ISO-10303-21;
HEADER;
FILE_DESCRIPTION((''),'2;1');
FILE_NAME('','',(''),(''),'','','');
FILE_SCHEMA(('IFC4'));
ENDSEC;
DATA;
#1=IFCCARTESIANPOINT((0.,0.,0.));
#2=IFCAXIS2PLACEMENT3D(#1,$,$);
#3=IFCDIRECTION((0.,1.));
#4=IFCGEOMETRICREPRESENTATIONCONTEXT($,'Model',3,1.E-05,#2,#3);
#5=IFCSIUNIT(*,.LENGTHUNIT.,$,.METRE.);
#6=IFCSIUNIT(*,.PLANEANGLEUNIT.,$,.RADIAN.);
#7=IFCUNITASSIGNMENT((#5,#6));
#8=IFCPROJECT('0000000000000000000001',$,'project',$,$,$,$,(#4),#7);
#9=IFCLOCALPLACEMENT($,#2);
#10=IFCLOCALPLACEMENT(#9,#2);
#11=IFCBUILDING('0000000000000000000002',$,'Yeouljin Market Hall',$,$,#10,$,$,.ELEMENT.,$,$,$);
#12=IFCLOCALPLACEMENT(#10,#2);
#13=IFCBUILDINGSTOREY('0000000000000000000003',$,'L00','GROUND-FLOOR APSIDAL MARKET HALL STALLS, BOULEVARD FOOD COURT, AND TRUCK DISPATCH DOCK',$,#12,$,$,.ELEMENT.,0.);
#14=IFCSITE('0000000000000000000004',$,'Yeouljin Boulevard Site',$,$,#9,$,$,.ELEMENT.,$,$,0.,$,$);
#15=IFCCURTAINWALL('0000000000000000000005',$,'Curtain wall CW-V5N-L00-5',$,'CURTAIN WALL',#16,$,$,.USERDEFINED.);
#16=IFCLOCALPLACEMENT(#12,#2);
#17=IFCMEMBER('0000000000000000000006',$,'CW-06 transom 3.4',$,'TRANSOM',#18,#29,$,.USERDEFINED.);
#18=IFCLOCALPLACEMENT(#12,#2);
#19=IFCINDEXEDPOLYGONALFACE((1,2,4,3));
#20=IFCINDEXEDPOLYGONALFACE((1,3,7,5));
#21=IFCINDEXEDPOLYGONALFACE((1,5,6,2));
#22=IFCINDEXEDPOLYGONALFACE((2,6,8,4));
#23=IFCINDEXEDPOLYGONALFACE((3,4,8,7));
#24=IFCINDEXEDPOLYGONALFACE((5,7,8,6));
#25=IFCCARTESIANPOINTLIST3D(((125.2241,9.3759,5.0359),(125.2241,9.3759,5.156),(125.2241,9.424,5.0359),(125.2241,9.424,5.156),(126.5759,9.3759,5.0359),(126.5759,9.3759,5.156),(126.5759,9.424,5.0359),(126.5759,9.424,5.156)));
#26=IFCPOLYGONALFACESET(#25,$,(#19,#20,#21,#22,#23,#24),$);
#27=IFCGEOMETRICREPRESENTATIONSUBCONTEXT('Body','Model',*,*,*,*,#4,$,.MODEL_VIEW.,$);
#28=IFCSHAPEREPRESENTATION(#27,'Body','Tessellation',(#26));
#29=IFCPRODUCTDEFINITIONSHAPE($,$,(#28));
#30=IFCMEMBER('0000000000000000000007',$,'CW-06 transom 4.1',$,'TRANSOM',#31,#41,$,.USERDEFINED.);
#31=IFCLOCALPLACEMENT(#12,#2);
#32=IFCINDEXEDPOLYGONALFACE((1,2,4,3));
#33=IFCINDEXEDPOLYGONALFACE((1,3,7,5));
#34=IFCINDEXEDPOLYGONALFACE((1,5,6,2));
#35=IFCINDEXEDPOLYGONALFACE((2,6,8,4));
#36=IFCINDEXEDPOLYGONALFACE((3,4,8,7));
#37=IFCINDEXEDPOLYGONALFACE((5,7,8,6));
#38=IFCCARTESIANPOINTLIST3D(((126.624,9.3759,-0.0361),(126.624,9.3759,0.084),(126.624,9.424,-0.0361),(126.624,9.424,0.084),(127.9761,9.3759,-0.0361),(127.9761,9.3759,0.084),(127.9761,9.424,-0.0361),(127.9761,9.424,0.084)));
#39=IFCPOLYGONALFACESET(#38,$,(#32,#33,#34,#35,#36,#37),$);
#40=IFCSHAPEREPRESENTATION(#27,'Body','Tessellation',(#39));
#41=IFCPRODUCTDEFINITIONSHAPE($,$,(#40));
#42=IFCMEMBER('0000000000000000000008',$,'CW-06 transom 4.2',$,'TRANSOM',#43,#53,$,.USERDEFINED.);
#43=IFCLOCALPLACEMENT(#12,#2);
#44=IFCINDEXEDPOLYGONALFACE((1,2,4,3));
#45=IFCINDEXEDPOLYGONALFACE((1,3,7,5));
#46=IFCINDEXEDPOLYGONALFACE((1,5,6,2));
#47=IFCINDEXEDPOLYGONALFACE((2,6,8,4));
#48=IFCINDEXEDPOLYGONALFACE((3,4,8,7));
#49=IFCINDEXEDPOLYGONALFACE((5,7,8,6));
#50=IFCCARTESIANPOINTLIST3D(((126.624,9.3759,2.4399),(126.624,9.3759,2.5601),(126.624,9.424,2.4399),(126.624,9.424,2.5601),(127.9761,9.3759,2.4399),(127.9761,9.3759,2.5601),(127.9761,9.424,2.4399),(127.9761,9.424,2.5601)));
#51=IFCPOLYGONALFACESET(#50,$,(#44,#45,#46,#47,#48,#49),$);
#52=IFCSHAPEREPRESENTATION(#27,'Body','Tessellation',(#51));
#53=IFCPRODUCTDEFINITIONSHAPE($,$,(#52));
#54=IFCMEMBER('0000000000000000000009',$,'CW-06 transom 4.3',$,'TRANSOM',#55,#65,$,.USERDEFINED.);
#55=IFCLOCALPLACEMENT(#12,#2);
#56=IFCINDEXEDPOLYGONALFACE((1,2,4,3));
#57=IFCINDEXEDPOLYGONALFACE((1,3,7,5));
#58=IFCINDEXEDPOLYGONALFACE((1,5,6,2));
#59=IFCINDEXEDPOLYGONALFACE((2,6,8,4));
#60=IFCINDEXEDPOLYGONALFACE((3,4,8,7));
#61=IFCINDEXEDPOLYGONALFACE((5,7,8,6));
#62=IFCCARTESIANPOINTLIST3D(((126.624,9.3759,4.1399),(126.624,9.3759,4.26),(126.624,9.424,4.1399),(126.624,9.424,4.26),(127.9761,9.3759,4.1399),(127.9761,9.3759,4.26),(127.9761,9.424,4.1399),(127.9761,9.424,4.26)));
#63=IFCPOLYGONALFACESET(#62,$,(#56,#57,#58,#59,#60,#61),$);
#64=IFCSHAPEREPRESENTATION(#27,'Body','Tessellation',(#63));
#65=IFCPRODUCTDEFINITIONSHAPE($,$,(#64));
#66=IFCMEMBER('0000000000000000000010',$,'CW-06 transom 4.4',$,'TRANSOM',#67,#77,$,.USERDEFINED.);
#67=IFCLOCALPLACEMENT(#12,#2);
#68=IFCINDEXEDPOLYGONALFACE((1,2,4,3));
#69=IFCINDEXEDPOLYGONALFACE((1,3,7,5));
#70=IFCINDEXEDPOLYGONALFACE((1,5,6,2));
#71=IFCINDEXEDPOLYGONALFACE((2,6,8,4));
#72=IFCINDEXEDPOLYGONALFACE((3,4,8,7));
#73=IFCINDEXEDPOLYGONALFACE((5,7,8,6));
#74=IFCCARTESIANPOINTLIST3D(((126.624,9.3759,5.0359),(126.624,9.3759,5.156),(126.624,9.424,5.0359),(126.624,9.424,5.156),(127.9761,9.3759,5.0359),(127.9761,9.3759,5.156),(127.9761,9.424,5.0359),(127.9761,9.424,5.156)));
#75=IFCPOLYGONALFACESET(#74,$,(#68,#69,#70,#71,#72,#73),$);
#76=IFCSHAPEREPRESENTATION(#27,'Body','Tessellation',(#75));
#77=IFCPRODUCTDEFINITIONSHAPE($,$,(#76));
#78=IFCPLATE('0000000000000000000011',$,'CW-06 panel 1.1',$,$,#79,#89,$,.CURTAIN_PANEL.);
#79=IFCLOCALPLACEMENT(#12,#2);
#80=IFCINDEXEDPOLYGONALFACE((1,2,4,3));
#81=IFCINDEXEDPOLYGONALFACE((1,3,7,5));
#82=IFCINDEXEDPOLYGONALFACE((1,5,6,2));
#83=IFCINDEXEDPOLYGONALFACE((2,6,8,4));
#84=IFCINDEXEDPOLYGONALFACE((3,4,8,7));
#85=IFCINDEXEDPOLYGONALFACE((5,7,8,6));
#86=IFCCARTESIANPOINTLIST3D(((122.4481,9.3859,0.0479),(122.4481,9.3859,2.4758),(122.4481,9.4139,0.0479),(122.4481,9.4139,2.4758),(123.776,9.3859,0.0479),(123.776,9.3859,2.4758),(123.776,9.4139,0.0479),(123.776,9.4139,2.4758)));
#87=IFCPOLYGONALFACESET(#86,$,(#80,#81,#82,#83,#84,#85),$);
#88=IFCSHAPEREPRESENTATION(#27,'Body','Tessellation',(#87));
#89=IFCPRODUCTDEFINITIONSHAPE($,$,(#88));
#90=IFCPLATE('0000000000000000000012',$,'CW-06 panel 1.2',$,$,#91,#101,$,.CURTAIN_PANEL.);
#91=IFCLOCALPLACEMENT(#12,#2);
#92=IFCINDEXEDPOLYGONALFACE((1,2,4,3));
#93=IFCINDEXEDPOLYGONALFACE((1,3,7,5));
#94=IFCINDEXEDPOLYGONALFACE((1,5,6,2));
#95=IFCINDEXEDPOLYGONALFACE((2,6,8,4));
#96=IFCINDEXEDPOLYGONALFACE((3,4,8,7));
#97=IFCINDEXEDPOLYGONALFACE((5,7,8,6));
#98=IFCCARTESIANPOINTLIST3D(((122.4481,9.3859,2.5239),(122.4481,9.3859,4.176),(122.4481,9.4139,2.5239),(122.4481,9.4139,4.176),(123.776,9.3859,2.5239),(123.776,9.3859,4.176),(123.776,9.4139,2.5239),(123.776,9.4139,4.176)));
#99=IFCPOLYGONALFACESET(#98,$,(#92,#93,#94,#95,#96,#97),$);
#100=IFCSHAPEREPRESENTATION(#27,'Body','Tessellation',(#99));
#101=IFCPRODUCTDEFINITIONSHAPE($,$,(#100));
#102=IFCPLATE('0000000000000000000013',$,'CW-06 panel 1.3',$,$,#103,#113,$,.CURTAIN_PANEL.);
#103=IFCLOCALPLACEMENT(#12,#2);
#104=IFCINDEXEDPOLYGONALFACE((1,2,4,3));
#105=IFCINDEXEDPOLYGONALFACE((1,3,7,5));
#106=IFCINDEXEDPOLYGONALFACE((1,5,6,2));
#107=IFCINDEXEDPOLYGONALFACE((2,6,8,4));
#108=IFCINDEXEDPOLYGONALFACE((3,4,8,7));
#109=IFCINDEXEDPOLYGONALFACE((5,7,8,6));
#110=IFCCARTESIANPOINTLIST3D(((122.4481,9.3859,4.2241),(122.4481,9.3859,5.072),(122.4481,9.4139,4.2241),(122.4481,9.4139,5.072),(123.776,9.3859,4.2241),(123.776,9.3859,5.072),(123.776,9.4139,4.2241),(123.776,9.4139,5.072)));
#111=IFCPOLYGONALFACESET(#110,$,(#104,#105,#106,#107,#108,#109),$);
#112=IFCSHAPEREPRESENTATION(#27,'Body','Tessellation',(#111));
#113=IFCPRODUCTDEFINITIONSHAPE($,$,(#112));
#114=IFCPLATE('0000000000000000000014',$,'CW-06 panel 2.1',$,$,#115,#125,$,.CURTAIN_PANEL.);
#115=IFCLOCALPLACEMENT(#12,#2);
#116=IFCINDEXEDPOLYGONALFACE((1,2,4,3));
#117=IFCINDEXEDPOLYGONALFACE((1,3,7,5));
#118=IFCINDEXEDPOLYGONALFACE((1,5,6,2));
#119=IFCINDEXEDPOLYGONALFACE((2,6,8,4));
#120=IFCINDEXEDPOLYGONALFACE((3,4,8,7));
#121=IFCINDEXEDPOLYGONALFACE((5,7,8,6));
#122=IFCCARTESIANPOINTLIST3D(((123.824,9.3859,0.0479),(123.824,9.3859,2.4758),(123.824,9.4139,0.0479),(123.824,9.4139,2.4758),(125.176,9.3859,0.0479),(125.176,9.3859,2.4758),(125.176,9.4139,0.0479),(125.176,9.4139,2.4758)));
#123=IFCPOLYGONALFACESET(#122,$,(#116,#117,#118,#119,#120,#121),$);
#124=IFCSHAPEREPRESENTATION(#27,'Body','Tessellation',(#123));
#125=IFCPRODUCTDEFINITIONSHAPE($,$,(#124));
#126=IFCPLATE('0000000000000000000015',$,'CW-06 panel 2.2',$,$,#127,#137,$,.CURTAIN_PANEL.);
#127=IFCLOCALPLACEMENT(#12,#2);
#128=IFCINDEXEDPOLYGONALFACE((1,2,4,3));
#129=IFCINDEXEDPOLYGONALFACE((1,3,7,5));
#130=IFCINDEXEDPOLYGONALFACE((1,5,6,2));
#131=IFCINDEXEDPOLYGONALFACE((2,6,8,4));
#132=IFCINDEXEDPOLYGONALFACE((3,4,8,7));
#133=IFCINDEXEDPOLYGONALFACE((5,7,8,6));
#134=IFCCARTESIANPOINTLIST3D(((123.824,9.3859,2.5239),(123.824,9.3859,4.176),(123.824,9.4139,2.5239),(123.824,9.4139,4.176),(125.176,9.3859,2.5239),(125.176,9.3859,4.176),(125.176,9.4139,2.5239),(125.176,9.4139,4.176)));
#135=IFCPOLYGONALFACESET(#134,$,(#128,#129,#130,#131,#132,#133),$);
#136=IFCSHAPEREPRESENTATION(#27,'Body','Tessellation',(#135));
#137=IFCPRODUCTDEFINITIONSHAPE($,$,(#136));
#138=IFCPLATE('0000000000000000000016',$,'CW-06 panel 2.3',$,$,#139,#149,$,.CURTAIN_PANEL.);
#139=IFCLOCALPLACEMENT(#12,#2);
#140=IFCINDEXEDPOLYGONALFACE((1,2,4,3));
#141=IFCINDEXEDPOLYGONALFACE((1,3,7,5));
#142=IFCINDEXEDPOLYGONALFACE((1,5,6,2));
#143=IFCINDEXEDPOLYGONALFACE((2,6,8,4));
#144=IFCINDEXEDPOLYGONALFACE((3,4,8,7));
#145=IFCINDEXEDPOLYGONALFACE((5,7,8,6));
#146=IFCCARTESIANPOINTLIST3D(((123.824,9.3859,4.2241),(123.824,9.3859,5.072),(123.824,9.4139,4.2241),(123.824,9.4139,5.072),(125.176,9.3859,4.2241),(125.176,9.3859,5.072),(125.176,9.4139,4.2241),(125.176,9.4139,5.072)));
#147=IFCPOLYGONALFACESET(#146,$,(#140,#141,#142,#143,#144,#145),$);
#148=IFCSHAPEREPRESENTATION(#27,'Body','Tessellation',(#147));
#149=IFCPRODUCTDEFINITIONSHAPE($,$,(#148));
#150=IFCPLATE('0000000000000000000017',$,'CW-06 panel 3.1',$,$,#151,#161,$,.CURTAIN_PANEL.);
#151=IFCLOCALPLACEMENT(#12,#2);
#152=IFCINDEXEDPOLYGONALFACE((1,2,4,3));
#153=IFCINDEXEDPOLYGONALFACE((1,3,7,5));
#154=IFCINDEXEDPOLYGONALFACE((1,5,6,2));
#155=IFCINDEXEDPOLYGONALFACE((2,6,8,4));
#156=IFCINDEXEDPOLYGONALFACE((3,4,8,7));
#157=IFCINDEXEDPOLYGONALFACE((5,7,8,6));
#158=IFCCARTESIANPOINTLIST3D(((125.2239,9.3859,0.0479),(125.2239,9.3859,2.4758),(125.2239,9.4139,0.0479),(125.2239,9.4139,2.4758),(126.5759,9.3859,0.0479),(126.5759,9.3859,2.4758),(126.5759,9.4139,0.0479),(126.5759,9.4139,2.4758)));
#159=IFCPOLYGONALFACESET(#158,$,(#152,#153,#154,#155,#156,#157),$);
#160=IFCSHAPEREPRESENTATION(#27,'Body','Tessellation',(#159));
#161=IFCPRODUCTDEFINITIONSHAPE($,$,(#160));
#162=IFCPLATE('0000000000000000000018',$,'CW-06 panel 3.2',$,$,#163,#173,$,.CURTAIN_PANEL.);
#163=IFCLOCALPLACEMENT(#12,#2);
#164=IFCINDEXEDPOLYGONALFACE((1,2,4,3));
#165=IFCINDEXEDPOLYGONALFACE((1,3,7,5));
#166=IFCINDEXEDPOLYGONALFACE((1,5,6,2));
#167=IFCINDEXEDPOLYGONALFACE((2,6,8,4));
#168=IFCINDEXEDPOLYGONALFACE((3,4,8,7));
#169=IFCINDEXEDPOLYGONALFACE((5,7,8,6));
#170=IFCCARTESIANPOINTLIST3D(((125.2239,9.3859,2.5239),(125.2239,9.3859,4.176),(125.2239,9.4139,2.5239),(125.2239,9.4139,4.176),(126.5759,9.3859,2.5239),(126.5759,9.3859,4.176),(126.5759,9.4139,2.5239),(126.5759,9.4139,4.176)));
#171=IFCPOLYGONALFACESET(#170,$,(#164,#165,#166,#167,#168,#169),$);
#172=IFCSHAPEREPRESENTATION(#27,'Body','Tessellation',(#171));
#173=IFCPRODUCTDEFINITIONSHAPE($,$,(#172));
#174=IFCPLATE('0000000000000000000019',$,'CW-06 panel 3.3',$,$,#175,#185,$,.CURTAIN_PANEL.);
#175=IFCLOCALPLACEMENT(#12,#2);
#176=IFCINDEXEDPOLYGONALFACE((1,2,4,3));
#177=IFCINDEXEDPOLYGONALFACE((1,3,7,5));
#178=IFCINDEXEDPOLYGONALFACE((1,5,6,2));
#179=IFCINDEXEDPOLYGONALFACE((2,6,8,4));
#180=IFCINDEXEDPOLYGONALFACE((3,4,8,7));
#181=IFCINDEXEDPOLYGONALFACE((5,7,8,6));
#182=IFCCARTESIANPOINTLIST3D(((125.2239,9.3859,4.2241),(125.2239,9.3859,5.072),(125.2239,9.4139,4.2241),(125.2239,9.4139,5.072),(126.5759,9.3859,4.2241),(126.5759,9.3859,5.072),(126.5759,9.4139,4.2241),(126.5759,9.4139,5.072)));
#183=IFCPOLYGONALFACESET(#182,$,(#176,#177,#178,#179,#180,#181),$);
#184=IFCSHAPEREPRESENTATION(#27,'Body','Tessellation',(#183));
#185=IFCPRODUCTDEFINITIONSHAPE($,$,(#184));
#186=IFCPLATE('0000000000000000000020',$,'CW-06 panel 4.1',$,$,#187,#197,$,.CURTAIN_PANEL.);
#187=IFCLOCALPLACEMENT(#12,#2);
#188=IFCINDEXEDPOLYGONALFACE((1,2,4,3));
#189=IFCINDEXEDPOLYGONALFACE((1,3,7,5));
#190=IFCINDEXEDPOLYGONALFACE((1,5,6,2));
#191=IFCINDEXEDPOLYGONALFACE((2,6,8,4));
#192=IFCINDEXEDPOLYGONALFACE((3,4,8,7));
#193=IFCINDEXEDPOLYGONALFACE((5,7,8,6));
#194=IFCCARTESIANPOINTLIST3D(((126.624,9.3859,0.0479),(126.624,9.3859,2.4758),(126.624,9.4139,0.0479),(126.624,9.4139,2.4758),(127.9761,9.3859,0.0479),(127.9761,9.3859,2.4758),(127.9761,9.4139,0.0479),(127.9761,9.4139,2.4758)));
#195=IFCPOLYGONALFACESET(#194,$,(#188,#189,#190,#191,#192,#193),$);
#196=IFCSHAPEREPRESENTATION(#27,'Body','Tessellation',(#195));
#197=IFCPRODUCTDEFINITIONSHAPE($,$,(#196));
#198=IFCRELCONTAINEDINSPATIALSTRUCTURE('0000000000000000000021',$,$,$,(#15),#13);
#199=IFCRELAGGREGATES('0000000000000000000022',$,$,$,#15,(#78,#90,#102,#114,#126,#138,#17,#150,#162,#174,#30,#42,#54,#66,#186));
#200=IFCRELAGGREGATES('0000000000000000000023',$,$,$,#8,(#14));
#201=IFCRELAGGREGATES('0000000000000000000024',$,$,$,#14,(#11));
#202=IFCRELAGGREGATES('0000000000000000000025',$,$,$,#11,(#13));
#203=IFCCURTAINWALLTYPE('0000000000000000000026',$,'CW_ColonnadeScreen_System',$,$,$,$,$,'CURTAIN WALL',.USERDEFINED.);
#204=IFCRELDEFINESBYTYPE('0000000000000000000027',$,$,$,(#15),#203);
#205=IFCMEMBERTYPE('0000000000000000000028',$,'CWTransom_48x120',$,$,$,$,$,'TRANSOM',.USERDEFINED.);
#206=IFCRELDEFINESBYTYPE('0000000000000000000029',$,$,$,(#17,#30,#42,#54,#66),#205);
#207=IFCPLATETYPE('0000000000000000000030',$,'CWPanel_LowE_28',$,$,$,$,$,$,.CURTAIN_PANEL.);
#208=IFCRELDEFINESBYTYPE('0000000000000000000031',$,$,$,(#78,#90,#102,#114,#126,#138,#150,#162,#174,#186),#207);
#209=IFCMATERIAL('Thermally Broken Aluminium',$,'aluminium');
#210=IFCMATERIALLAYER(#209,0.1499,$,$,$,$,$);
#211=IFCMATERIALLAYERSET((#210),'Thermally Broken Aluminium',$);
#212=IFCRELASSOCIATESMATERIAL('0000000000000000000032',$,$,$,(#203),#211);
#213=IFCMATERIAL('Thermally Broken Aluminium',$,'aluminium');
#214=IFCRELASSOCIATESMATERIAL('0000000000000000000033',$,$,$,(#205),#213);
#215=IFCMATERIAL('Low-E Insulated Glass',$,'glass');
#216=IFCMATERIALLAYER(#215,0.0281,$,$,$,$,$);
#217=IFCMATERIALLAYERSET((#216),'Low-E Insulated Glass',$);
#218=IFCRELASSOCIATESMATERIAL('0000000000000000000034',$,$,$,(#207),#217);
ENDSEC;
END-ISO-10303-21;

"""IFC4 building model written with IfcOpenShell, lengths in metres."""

from ifc_helpers import new_model, si_unit, direction, frame, origin, origin_2d, place, context, subcontext, project, spatial, rectangle, extrude, material, layer, layer_set, material_profile, profile_set, type_object, element, aggregate, save


model = new_model("IFC4")

# Units and contexts
model_context = context("Model", 3, precision=1e-05, world=origin(), true_north=direction((0.0, 1.0)))
body_context = subcontext(model_context, "Body", "Model", "MODEL_VIEW")
ifc_project = project(units=[si_unit("LENGTHUNIT", "METRE"), si_unit("PLANEANGLEUNIT", "RADIAN")], contexts=[model_context])

# Site, building, storey
site_placement = place(None, origin())
site = spatial("IfcSite", under=ifc_project, at=site_placement, Name="Yeouljin Boulevard Site", CompositionType="ELEMENT", RefElevation=0.0)
building_placement = place(site_placement, origin())
building = spatial("IfcBuilding", under=site, at=building_placement, Name="Yeouljin Market Hall", CompositionType="ELEMENT")
storey_placement = place(building_placement, origin())
storey = spatial("IfcBuildingStorey", under=building, at=storey_placement, Name="L00", Description="GROUND-FLOOR APSIDAL MARKET HALL STALLS, BOULEVARD FOOD COURT, AND TRUCK DISPATCH DOCK", CompositionType="ELEMENT", Elevation=0.0)

# Curtain wall, members, plates
ifc_material_1 = material(Name="Thermally Broken Aluminium", Category="aluminium")
ifc_layer_1 = layer(ifc_material_1, 0.1499)
ifc_layer_set_1 = layer_set([ifc_layer_1], Name="Thermally Broken Aluminium")
curtain_wall_type = type_object("IfcCurtainWallType", Name="CW_ColonnadeScreen_System", ElementType="CURTAIN WALL", PredefinedType="USERDEFINED", material=ifc_layer_set_1)
curtain_wall_placement = place(storey_placement, origin())
curtain_wall = element("IfcCurtainWall", 1, at=curtain_wall_placement, inside=storey, type_object=curtain_wall_type, Name="Curtain wall CW-V5N-L00-5", ObjectType="CURTAIN WALL", PredefinedType="USERDEFINED")
ifc_material_2 = material(Name="Thermally Broken Aluminium", Category="aluminium")
ifc_material_profile_1 = material_profile(ifc_material_2, rectangle(XDim=0.0481, YDim=0.1201, at=origin_2d()), Name="CW-TRAN-48x120")
ifc_profile_set_1 = profile_set([ifc_material_profile_1], Name="Thermally Broken Aluminium")
member_type_1 = type_object("IfcMemberType", Name="CWTransom_48x120", ElementType="TRANSOM", PredefinedType="USERDEFINED", material=ifc_profile_set_1)
member_1_placement = place(storey_placement, frame((125.2241, 9.3999, 5.0959), z_axis=(1.0, 0.0, 0.0), x_axis=(0.0, 1.0, 0.0)))
member_1 = element("IfcMember", 2, at=member_1_placement, type_object=member_type_1, Name="CW-06 transom 3.4", ObjectType="TRANSOM", PredefinedType="USERDEFINED", context=body_context, shape_type="SweptSolid", body=[
    extrude(rectangle(XDim=0.0481, YDim=0.1201, at=origin_2d()), origin(), (0.0, 0.0, 1.0), 1.3518),
])
member_2_placement = place(storey_placement, frame((126.624, 9.3999, 0.0239), z_axis=(1.0, 0.0, 0.0), x_axis=(0.0, 1.0, 0.0)))
member_2 = element("IfcMember", 3, at=member_2_placement, type_object=member_type_1, Name="CW-06 transom 4.1", ObjectType="TRANSOM", PredefinedType="USERDEFINED", context=body_context, shape_type="SweptSolid", body=[
    extrude(rectangle(XDim=0.0481, YDim=0.1201, at=origin_2d()), origin(), (0.0, 0.0, 1.0), 1.3521),
])
member_3_placement = place(storey_placement, frame((126.624, 9.3999, 2.5), z_axis=(1.0, 0.0, 0.0), x_axis=(0.0, 1.0, 0.0)))
member_3 = element("IfcMember", 4, at=member_3_placement, type_object=member_type_1, Name="CW-06 transom 4.2", ObjectType="TRANSOM", PredefinedType="USERDEFINED", context=body_context, shape_type="SweptSolid", body=[
    extrude(rectangle(XDim=0.0481, YDim=0.1201, at=origin_2d()), origin(), (0.0, 0.0, 1.0), 1.3521),
])
member_4_placement = place(storey_placement, frame((126.624, 9.3999, 4.2), z_axis=(1.0, 0.0, 0.0), x_axis=(0.0, 1.0, 0.0)))
member_4 = element("IfcMember", 5, at=member_4_placement, type_object=member_type_1, Name="CW-06 transom 4.3", ObjectType="TRANSOM", PredefinedType="USERDEFINED", context=body_context, shape_type="SweptSolid", body=[
    extrude(rectangle(XDim=0.0481, YDim=0.1201, at=origin_2d()), origin(), (0.0, 0.0, 1.0), 1.3521),
])
member_5_placement = place(storey_placement, frame((126.624, 9.3999, 5.0959), z_axis=(1.0, 0.0, 0.0), x_axis=(0.0, 1.0, 0.0)))
member_5 = element("IfcMember", 6, at=member_5_placement, type_object=member_type_1, Name="CW-06 transom 4.4", ObjectType="TRANSOM", PredefinedType="USERDEFINED", context=body_context, shape_type="SweptSolid", body=[
    extrude(rectangle(XDim=0.0481, YDim=0.1201, at=origin_2d()), origin(), (0.0, 0.0, 1.0), 1.3521),
])
ifc_material_3 = material(Name="Low-E Insulated Glass", Category="glass")
ifc_layer_2 = layer(ifc_material_3, 0.0281)
ifc_layer_set_2 = layer_set([ifc_layer_2], Name="Low-E Insulated Glass")
plate_type = type_object("IfcPlateType", Name="CWPanel_LowE_28", PredefinedType="CURTAIN_PANEL", material=ifc_layer_set_2)
plate_1_placement = place(storey_placement, frame((123.1121, 9.3999, 0.0479), z_axis=(0.0, 0.0, 1.0), x_axis=(1.0, 0.0, 0.0)))
plate_1 = element("IfcPlate", 7, at=plate_1_placement, type_object=plate_type, Name="CW-06 panel 1.1", PredefinedType="CURTAIN_PANEL", context=body_context, shape_type="SweptSolid", body=[
    extrude(rectangle(XDim=1.3279, YDim=0.0281, at=origin_2d()), origin(), (0.0, 0.0, 1.0), 2.428),
])
plate_2_placement = place(storey_placement, frame((123.1121, 9.3999, 2.5239), z_axis=(0.0, 0.0, 1.0), x_axis=(1.0, 0.0, 0.0)))
plate_2 = element("IfcPlate", 8, at=plate_2_placement, type_object=plate_type, Name="CW-06 panel 1.2", PredefinedType="CURTAIN_PANEL", context=body_context, shape_type="SweptSolid", body=[
    extrude(rectangle(XDim=1.3279, YDim=0.0281, at=origin_2d()), origin(), (0.0, 0.0, 1.0), 1.6521),
])
plate_3_placement = place(storey_placement, frame((123.1121, 9.3999, 4.2241), z_axis=(0.0, 0.0, 1.0), x_axis=(1.0, 0.0, 0.0)))
plate_3 = element("IfcPlate", 9, at=plate_3_placement, type_object=plate_type, Name="CW-06 panel 1.3", PredefinedType="CURTAIN_PANEL", context=body_context, shape_type="SweptSolid", body=[
    extrude(rectangle(XDim=1.3279, YDim=0.0281, at=origin_2d()), origin(), (0.0, 0.0, 1.0), 0.8479),
])
plate_4_placement = place(storey_placement, frame((124.5, 9.3999, 0.0479), z_axis=(0.0, 0.0, 1.0), x_axis=(1.0, 0.0, 0.0)))
plate_4 = element("IfcPlate", 10, at=plate_4_placement, type_object=plate_type, Name="CW-06 panel 2.1", PredefinedType="CURTAIN_PANEL", context=body_context, shape_type="SweptSolid", body=[
    extrude(rectangle(XDim=1.3521, YDim=0.0281, at=origin_2d()), origin(), (0.0, 0.0, 1.0), 2.428),
])
plate_5_placement = place(storey_placement, frame((124.5, 9.3999, 2.5239), z_axis=(0.0, 0.0, 1.0), x_axis=(1.0, 0.0, 0.0)))
plate_5 = element("IfcPlate", 11, at=plate_5_placement, type_object=plate_type, Name="CW-06 panel 2.2", PredefinedType="CURTAIN_PANEL", context=body_context, shape_type="SweptSolid", body=[
    extrude(rectangle(XDim=1.3521, YDim=0.0281, at=origin_2d()), origin(), (0.0, 0.0, 1.0), 1.6521),
])
plate_6_placement = place(storey_placement, frame((124.5, 9.3999, 4.2241), z_axis=(0.0, 0.0, 1.0), x_axis=(1.0, 0.0, 0.0)))
plate_6 = element("IfcPlate", 12, at=plate_6_placement, type_object=plate_type, Name="CW-06 panel 2.3", PredefinedType="CURTAIN_PANEL", context=body_context, shape_type="SweptSolid", body=[
    extrude(rectangle(XDim=1.3521, YDim=0.0281, at=origin_2d()), origin(), (0.0, 0.0, 1.0), 0.8479),
])
plate_7_placement = place(storey_placement, frame((125.8999, 9.3999, 0.0479), z_axis=(0.0, 0.0, 1.0), x_axis=(1.0, 0.0, 0.0)))
plate_7 = element("IfcPlate", 13, at=plate_7_placement, type_object=plate_type, Name="CW-06 panel 3.1", PredefinedType="CURTAIN_PANEL", context=body_context, shape_type="SweptSolid", body=[
    extrude(rectangle(XDim=1.3521, YDim=0.0281, at=origin_2d()), origin(), (0.0, 0.0, 1.0), 2.428),
])
plate_8_placement = place(storey_placement, frame((125.8999, 9.3999, 2.5239), z_axis=(0.0, 0.0, 1.0), x_axis=(1.0, 0.0, 0.0)))
plate_8 = element("IfcPlate", 14, at=plate_8_placement, type_object=plate_type, Name="CW-06 panel 3.2", PredefinedType="CURTAIN_PANEL", context=body_context, shape_type="SweptSolid", body=[
    extrude(rectangle(XDim=1.3521, YDim=0.0281, at=origin_2d()), origin(), (0.0, 0.0, 1.0), 1.6521),
])
plate_9_placement = place(storey_placement, frame((125.8999, 9.3999, 4.2241), z_axis=(0.0, 0.0, 1.0), x_axis=(1.0, 0.0, 0.0)))
plate_9 = element("IfcPlate", 15, at=plate_9_placement, type_object=plate_type, Name="CW-06 panel 3.3", PredefinedType="CURTAIN_PANEL", context=body_context, shape_type="SweptSolid", body=[
    extrude(rectangle(XDim=1.3521, YDim=0.0281, at=origin_2d()), origin(), (0.0, 0.0, 1.0), 0.8479),
])
plate_10_placement = place(storey_placement, frame((127.3, 9.3999, 0.0479), z_axis=(0.0, 0.0, 1.0), x_axis=(1.0, 0.0, 0.0)))
plate_10 = element("IfcPlate", 16, at=plate_10_placement, type_object=plate_type, Name="CW-06 panel 4.1", PredefinedType="CURTAIN_PANEL", context=body_context, shape_type="SweptSolid", body=[
    extrude(rectangle(XDim=1.3521, YDim=0.0281, at=origin_2d()), origin(), (0.0, 0.0, 1.0), 2.428),
])
aggregate(curtain_wall, [plate_1, plate_2, plate_3, plate_4, plate_5, plate_6, member_1, plate_7, plate_8, plate_9, member_2, member_3, member_4, member_5, plate_10])

save(model, "model.ifc")
